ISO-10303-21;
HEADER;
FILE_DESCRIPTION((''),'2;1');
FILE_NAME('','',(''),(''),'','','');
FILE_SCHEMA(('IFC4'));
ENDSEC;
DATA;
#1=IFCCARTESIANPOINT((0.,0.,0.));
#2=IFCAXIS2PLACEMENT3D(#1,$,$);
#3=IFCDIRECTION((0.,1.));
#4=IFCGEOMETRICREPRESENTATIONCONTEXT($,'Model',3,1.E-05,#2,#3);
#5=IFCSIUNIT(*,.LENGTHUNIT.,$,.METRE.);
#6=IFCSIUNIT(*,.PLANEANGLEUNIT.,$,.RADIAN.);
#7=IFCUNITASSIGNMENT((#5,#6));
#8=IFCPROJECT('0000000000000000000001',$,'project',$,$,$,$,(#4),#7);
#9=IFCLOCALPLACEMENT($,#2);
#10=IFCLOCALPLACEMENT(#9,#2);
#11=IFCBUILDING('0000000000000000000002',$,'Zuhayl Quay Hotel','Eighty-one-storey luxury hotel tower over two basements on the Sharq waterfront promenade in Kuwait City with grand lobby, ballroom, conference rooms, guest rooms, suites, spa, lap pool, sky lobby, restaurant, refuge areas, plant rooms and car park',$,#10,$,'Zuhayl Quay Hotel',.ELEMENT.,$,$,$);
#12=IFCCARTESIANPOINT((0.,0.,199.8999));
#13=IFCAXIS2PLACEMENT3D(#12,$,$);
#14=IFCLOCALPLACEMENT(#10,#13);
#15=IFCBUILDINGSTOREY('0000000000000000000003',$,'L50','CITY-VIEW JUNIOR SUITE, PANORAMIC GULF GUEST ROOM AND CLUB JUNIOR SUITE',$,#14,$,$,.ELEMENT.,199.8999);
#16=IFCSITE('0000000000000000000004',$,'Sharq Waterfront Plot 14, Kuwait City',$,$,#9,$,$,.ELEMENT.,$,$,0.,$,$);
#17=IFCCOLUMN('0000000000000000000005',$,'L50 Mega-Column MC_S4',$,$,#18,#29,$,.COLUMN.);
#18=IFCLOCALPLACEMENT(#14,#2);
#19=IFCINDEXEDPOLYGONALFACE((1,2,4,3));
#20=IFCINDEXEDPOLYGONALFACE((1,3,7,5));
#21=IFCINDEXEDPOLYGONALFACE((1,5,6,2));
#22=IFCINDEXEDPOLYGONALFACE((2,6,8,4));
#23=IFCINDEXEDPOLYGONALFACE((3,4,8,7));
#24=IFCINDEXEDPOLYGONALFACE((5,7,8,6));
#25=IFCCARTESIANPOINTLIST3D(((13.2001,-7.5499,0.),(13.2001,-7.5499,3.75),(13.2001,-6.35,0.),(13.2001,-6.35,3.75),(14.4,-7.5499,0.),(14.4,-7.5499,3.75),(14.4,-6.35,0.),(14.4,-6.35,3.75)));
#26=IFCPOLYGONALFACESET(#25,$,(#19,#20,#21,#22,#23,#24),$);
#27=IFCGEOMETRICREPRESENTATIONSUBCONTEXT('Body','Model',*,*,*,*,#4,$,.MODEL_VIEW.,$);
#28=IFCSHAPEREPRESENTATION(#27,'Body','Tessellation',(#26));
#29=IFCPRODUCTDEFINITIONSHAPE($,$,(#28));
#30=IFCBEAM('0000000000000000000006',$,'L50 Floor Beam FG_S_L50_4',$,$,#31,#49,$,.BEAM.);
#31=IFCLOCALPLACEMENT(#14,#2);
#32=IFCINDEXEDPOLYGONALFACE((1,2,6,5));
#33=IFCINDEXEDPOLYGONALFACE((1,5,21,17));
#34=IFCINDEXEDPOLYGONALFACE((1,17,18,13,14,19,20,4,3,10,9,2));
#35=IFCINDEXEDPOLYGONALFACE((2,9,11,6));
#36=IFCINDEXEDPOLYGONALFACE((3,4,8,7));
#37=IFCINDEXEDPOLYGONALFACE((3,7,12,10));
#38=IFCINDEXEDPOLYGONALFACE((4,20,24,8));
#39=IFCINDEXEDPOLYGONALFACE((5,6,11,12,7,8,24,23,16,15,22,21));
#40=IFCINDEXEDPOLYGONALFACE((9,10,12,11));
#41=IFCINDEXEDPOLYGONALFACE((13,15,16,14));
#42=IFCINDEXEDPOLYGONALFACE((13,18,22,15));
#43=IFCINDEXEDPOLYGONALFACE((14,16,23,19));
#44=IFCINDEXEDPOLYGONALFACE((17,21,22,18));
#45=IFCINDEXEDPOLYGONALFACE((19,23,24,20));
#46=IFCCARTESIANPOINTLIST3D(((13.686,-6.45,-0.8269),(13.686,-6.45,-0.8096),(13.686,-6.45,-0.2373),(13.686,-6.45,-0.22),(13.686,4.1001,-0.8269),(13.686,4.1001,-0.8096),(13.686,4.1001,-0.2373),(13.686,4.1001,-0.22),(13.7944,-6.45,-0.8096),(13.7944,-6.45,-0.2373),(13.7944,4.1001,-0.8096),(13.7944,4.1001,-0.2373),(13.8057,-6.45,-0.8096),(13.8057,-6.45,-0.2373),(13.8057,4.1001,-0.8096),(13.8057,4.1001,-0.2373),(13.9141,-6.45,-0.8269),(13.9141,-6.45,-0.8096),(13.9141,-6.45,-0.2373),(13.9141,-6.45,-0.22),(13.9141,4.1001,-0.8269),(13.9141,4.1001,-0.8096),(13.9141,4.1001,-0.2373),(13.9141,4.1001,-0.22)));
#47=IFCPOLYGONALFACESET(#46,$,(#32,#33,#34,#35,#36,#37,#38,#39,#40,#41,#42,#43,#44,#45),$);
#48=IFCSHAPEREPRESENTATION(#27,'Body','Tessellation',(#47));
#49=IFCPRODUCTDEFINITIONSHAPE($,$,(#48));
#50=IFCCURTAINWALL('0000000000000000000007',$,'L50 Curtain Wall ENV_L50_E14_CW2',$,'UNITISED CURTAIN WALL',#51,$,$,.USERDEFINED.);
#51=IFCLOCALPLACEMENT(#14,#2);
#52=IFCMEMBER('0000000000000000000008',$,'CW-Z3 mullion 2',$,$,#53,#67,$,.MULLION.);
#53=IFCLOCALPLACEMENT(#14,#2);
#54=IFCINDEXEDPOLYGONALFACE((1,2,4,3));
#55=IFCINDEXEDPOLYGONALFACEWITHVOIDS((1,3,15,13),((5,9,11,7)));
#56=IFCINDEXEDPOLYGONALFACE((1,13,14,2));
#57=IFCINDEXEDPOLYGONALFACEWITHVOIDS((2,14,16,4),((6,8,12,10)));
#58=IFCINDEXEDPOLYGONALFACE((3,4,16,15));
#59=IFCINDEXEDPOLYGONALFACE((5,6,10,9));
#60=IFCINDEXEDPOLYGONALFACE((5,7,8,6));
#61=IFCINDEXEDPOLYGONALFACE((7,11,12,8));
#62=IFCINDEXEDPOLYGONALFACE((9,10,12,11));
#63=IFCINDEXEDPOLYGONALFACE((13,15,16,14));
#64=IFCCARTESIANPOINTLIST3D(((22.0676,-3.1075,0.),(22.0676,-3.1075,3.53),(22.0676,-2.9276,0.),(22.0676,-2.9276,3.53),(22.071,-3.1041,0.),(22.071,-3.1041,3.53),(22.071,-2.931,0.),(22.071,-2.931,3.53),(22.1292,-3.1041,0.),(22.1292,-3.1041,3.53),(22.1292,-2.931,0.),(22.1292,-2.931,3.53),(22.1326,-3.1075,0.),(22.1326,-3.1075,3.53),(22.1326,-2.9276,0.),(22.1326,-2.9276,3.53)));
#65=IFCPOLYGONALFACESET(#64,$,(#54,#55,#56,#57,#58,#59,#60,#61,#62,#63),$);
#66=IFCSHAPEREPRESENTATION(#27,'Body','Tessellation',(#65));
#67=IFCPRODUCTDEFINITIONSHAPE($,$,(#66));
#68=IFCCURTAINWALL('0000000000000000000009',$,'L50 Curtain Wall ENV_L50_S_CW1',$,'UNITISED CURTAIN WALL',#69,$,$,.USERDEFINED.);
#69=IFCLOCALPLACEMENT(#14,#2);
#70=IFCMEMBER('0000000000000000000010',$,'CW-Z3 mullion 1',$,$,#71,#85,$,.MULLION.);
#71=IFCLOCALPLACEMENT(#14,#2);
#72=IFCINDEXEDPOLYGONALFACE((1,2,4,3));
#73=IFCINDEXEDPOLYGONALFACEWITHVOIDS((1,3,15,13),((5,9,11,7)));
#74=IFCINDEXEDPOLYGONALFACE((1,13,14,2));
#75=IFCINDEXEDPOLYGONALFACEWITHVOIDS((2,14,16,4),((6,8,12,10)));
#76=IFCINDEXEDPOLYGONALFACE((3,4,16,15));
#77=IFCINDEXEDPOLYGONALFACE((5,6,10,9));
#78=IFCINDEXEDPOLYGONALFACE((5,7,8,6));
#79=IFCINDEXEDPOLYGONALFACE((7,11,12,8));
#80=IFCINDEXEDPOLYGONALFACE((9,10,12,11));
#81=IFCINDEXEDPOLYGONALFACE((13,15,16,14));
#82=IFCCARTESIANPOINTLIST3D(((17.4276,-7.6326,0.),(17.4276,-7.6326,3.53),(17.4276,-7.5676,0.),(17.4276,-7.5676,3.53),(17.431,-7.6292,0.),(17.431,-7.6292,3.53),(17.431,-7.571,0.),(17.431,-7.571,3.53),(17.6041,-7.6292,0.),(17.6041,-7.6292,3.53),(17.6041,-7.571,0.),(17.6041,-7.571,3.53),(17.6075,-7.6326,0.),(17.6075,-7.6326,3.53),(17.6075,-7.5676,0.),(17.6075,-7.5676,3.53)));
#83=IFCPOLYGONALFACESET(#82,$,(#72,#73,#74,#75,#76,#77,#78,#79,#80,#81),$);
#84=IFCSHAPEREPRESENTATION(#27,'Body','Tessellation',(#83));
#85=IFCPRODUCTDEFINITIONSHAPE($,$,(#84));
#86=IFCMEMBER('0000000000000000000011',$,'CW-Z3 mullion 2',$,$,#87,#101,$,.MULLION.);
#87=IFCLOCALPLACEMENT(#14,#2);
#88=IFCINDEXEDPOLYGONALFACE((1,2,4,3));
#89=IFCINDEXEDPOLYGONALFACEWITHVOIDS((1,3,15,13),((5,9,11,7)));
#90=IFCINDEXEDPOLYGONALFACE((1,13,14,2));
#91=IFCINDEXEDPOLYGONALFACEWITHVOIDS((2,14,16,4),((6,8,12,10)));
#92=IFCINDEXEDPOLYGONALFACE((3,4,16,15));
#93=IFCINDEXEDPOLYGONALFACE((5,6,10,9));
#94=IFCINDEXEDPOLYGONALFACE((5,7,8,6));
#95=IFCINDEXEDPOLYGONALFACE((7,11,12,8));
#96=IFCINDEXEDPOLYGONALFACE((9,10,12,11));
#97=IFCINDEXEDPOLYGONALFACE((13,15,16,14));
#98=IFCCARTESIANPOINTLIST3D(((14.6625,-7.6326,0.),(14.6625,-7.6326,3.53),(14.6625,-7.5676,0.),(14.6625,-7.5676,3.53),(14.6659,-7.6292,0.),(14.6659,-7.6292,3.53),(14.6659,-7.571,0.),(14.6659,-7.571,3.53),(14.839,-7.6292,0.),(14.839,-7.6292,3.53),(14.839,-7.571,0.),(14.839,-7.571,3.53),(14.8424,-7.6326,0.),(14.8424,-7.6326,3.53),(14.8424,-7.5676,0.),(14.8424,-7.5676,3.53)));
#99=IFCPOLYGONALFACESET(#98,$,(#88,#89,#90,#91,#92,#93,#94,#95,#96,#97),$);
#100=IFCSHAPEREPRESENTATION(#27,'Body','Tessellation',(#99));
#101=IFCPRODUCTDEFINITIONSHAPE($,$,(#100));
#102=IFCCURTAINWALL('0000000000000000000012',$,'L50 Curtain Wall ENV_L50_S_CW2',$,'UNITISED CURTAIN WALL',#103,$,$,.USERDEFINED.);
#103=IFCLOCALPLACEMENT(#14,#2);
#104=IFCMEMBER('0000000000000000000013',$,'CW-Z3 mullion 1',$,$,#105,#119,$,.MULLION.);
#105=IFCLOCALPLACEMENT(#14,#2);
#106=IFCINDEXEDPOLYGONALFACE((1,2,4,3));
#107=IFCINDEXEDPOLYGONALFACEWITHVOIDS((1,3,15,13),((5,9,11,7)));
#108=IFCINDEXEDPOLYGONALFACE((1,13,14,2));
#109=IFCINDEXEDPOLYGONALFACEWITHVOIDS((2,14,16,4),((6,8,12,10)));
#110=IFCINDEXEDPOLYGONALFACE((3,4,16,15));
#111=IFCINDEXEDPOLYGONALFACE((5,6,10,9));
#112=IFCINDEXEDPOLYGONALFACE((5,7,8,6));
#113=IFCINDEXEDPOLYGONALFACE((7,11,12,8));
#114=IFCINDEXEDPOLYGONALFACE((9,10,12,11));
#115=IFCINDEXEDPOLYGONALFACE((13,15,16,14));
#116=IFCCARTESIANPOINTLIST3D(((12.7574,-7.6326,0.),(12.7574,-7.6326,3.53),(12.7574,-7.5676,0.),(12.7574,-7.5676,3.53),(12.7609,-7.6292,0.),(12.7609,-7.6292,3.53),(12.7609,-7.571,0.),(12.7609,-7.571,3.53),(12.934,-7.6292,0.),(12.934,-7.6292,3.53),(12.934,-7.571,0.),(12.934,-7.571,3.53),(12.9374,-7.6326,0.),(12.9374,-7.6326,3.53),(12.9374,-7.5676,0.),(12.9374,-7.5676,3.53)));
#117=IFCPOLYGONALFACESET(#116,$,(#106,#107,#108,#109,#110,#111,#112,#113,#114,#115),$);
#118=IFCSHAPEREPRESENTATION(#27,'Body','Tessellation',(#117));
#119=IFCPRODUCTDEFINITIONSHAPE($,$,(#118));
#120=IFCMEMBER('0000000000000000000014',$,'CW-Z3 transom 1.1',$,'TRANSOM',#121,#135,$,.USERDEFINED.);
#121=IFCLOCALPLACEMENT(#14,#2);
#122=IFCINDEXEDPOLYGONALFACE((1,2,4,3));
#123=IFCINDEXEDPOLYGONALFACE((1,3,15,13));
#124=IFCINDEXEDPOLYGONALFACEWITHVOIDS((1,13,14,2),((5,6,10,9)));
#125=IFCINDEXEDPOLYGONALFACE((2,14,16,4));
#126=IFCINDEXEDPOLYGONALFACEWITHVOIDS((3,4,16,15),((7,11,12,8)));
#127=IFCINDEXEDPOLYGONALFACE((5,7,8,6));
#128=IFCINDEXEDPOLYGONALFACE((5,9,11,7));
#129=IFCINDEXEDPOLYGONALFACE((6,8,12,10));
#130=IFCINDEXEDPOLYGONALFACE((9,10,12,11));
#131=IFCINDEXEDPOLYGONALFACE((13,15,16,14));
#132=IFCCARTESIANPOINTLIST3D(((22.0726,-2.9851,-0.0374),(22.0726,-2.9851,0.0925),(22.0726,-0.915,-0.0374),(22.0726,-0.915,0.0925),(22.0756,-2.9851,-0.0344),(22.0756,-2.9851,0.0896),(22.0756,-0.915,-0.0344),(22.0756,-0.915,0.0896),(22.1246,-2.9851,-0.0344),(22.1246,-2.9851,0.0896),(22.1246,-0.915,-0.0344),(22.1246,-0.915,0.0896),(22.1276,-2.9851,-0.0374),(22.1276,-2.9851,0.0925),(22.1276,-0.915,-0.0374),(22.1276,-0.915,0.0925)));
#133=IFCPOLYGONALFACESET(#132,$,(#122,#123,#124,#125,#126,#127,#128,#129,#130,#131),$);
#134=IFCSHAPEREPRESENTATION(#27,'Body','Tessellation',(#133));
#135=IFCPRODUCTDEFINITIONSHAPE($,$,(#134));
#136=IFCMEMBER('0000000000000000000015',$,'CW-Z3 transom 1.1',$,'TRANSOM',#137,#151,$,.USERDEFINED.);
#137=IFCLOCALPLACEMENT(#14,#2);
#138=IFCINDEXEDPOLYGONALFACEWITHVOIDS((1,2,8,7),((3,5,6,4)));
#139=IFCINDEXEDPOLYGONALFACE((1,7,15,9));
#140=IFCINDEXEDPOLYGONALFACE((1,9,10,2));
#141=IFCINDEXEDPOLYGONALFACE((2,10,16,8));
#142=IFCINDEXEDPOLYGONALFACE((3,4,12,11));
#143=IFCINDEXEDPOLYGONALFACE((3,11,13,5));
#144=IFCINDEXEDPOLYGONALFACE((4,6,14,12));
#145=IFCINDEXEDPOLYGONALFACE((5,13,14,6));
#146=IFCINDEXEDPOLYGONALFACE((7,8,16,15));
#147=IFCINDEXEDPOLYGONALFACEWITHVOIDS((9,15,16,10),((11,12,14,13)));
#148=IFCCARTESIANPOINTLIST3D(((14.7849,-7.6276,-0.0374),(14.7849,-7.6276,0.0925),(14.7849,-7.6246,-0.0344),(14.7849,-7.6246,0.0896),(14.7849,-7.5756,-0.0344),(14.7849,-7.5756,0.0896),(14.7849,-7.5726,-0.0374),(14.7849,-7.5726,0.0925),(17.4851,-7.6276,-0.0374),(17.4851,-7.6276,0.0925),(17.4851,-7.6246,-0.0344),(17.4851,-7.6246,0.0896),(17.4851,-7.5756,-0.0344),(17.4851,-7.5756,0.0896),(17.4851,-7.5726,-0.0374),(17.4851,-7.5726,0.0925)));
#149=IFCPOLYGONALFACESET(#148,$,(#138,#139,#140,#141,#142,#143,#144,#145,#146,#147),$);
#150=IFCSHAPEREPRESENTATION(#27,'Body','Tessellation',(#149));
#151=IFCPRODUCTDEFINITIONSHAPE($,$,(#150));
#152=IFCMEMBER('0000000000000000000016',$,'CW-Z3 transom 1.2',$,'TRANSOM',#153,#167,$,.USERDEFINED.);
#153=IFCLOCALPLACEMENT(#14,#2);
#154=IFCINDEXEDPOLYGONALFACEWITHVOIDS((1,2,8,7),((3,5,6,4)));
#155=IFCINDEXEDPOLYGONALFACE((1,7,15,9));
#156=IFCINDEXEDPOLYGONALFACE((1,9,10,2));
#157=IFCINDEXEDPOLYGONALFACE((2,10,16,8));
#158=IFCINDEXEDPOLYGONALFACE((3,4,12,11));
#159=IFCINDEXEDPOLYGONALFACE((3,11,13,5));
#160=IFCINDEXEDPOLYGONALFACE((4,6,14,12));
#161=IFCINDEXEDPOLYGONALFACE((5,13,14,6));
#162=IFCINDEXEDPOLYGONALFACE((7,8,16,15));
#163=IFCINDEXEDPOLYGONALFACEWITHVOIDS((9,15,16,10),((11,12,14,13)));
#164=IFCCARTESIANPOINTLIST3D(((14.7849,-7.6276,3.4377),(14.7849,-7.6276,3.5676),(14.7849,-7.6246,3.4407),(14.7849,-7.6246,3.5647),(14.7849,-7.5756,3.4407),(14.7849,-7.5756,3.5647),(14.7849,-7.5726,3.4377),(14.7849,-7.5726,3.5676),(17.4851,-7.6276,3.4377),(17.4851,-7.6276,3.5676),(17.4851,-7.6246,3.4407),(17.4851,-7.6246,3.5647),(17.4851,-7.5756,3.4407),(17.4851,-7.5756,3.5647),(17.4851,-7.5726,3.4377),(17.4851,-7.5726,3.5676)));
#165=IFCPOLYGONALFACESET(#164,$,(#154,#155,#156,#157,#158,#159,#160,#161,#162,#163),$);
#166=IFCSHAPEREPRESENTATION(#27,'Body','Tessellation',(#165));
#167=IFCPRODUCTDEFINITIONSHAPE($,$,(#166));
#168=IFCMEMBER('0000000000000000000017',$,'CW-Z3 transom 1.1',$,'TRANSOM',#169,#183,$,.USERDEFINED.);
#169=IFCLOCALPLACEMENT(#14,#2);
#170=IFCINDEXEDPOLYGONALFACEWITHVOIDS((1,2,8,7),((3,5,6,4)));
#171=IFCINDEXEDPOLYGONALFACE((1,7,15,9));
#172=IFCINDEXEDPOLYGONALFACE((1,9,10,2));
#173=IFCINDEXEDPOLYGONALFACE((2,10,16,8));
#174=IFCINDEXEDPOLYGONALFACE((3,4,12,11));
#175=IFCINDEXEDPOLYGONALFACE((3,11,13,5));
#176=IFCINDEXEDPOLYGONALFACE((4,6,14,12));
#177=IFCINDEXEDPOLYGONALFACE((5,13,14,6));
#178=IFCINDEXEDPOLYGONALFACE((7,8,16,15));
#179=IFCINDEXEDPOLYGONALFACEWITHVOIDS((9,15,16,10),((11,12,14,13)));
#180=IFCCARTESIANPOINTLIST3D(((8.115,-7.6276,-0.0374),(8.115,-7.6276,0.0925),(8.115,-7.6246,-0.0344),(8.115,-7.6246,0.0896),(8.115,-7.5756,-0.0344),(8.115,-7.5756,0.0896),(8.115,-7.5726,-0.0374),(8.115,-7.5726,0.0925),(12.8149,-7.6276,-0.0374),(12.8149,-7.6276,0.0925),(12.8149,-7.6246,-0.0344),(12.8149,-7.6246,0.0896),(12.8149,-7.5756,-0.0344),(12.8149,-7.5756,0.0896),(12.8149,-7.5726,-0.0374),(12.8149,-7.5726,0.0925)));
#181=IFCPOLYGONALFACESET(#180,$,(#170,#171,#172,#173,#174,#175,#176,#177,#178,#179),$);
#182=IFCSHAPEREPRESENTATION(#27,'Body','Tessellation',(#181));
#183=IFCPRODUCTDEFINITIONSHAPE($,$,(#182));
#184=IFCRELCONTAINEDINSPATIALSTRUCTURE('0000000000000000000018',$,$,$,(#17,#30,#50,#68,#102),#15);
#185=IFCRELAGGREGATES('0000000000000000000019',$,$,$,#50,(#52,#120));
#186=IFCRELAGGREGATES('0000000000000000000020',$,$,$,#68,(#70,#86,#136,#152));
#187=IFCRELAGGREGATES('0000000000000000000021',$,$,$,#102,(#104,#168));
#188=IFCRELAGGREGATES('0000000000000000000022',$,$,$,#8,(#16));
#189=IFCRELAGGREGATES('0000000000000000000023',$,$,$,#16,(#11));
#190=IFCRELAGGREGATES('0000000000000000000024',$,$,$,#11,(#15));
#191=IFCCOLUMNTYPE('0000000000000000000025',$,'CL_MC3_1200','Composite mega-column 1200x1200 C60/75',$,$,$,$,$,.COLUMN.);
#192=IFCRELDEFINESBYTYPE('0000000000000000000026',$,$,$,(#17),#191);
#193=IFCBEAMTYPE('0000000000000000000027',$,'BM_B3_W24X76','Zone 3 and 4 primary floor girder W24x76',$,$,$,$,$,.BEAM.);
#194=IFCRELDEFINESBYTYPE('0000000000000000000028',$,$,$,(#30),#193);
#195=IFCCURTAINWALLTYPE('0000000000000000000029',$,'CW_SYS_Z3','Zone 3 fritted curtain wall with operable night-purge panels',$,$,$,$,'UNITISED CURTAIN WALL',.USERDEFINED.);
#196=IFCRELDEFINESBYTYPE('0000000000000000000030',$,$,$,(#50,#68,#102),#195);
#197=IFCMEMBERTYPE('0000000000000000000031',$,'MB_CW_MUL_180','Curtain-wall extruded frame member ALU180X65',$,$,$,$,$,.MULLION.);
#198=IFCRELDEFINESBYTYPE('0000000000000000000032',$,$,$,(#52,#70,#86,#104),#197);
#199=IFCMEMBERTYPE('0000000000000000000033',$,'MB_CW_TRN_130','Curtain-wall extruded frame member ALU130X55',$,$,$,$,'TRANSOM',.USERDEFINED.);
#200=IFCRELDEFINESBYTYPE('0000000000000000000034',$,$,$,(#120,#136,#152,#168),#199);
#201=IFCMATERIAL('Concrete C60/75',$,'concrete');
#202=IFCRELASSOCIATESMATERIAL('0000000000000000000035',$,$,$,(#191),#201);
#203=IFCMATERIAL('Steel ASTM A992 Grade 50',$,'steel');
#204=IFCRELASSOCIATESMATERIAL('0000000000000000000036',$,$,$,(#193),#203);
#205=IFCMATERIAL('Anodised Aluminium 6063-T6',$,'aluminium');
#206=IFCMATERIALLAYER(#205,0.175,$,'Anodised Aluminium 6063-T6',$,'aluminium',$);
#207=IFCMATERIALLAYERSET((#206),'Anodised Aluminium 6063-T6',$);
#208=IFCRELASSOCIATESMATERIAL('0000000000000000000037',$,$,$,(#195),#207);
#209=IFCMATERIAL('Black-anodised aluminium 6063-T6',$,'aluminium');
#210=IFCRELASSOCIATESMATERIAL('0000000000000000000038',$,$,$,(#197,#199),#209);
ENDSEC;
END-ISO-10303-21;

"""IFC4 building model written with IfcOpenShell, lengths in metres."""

from ifc_helpers import new_model, si_unit, direction, frame, origin, origin_2d, place, context, subcontext, project, spatial, rectangle, hollow_rectangle, i_section, extrude, material, layer, layer_set, material_profile, profile_set, type_object, element, aggregate, save


model = new_model("IFC4")

# Units and contexts
model_context = context("Model", 3, precision=1e-05, world=origin(), true_north=direction((0.0, 1.0)))
body_context = subcontext(model_context, "Body", "Model", "MODEL_VIEW")
ifc_project = project(units=[si_unit("LENGTHUNIT", "METRE"), si_unit("PLANEANGLEUNIT", "RADIAN")], contexts=[model_context])

# Site, building, storey
site_placement = place(None, origin())
site = spatial("IfcSite", under=ifc_project, at=site_placement, Name="Sharq Waterfront Plot 14, Kuwait City", CompositionType="ELEMENT", RefElevation=0.0)
building_placement = place(site_placement, origin())
building = spatial("IfcBuilding", under=site, at=building_placement, Name="Zuhayl Quay Hotel", Description="Eighty-one-storey luxury hotel tower over two basements on the Sharq waterfront promenade in Kuwait City with grand lobby, ballroom, conference rooms, guest rooms, suites, spa, lap pool, sky lobby, restaurant, refuge areas, plant rooms and car park", LongName="Zuhayl Quay Hotel", CompositionType="ELEMENT")
storey_placement = place(building_placement, frame((0.0, 0.0, 199.8999)))
storey = spatial("IfcBuildingStorey", under=building, at=storey_placement, Name="L50", Description="CITY-VIEW JUNIOR SUITE, PANORAMIC GULF GUEST ROOM AND CLUB JUNIOR SUITE", CompositionType="ELEMENT", Elevation=199.8999)

# Column
ifc_material_1 = material(Name="Concrete C60/75", Category="concrete")
ifc_material_profile_1 = material_profile(ifc_material_1, rectangle(XDim=1.2, YDim=1.2, at=origin_2d()), Name="RC1200X1200")
ifc_profile_set_1 = profile_set([ifc_material_profile_1], Name="Concrete C60/75")
column_type = type_object("IfcColumnType", Name="CL_MC3_1200", Description="Composite mega-column 1200x1200 C60/75", PredefinedType="COLUMN", material=ifc_profile_set_1)
column_placement = place(storey_placement, frame((13.8, -6.95, 0.0), z_axis=(0.0, 0.0, 1.0), x_axis=(1.0, 0.0, 0.0)))
element("IfcColumn", 1, at=column_placement, inside=storey, type_object=column_type, Name="L50 Mega-Column MC_S4", PredefinedType="COLUMN", context=body_context, shape_type="SweptSolid", body=[
    extrude(rectangle(XDim=1.2, YDim=1.2, at=origin_2d()), origin(), (0.0, 0.0, 1.0), 3.75),
])

# Beam
ifc_material_2 = material(Name="Steel ASTM A992 Grade 50", Category="steel")
ifc_material_profile_2 = material_profile(ifc_material_2, i_section(OverallWidth=0.228, OverallDepth=0.6069, WebThickness=0.0112, FlangeThickness=0.0173, at=origin_2d()), Name="W24X76")
ifc_profile_set_2 = profile_set([ifc_material_profile_2], Name="Steel ASTM A992 Grade 50")
beam_type = type_object("IfcBeamType", Name="BM_B3_W24X76", Description="Zone 3 and 4 primary floor girder W24x76", PredefinedType="BEAM", material=ifc_profile_set_2)
beam_placement = place(storey_placement, frame((13.8, -6.45, -0.5234), z_axis=(0.0, 1.0, 0.0), x_axis=(-1.0, 0.0, 0.0)))
element("IfcBeam", 2, at=beam_placement, inside=storey, type_object=beam_type, Name="L50 Floor Beam FG_S_L50_4", PredefinedType="BEAM", context=body_context, shape_type="SweptSolid", body=[
    extrude(i_section(OverallWidth=0.228, OverallDepth=0.6069, WebThickness=0.0112, FlangeThickness=0.0173, at=origin_2d()), origin(), (0.0, 0.0, 1.0), 10.55),
])

# Curtain wall, member
ifc_material_3 = material(Name="Anodised Aluminium 6063-T6", Category="aluminium")
ifc_layer_1 = layer(ifc_material_3, 0.175, Name="Anodised Aluminium 6063-T6", Category="aluminium")
ifc_layer_set_1 = layer_set([ifc_layer_1], Name="Anodised Aluminium 6063-T6")
curtain_wall_type = type_object("IfcCurtainWallType", Name="CW_SYS_Z3", Description="Zone 3 fritted curtain wall with operable night-purge panels", ElementType="UNITISED CURTAIN WALL", PredefinedType="USERDEFINED", material=ifc_layer_set_1)
curtain_wall_1_placement = place(storey_placement, origin())
curtain_wall_1 = element("IfcCurtainWall", 3, at=curtain_wall_1_placement, inside=storey, type_object=curtain_wall_type, Name="L50 Curtain Wall ENV_L50_E14_CW2", ObjectType="UNITISED CURTAIN WALL", PredefinedType="USERDEFINED")
ifc_material_4 = material(Name="Black-anodised aluminium 6063-T6", Category="aluminium")
ifc_material_profile_3 = material_profile(ifc_material_4, hollow_rectangle(XDim=0.0649, YDim=0.1799, WallThickness=0.0034, at=origin_2d()), Name="ALU180X65")
ifc_profile_set_3 = profile_set([ifc_material_profile_3], Name="Black-anodised aluminium 6063-T6")
member_type_1 = type_object("IfcMemberType", Name="MB_CW_MUL_180", Description="Curtain-wall extruded frame member ALU180X65", PredefinedType="MULLION", material=ifc_profile_set_3)
member_1_placement = place(storey_placement, frame((22.1001, -3.0176, 0.0), z_axis=(0.0, 0.0, 1.0), x_axis=(1.0, 0.0, 0.0)))
member_1 = element("IfcMember", 4, at=member_1_placement, type_object=member_type_1, Name="CW-Z3 mullion 2", PredefinedType="MULLION", context=body_context, shape_type="SweptSolid", body=[
    extrude(hollow_rectangle(XDim=0.0649, YDim=0.1799, WallThickness=0.0034, at=origin_2d()), origin(), (0.0, 0.0, 1.0), 3.53),
])

# Curtain wall, members
curtain_wall_2_placement = place(storey_placement, origin())
curtain_wall_2 = element("IfcCurtainWall", 5, at=curtain_wall_2_placement, inside=storey, type_object=curtain_wall_type, Name="L50 Curtain Wall ENV_L50_S_CW1", ObjectType="UNITISED CURTAIN WALL", PredefinedType="USERDEFINED")
member_2_placement = place(storey_placement, frame((17.5176, -7.6001, 0.0), z_axis=(0.0, 0.0, 1.0), x_axis=(0.0, -1.0, 0.0)))
member_2 = element("IfcMember", 6, at=member_2_placement, type_object=member_type_1, Name="CW-Z3 mullion 1", PredefinedType="MULLION", context=body_context, shape_type="SweptSolid", body=[
    extrude(hollow_rectangle(XDim=0.0649, YDim=0.1799, WallThickness=0.0034, at=origin_2d()), origin(), (0.0, 0.0, 1.0), 3.53),
])
member_3_placement = place(storey_placement, frame((14.7524, -7.6001, 0.0), z_axis=(0.0, 0.0, 1.0), x_axis=(0.0, -1.0, 0.0)))
member_3 = element("IfcMember", 7, at=member_3_placement, type_object=member_type_1, Name="CW-Z3 mullion 2", PredefinedType="MULLION", context=body_context, shape_type="SweptSolid", body=[
    extrude(hollow_rectangle(XDim=0.0649, YDim=0.1799, WallThickness=0.0034, at=origin_2d()), origin(), (0.0, 0.0, 1.0), 3.53),
])

# Curtain wall, member
curtain_wall_3_placement = place(storey_placement, origin())
curtain_wall_3 = element("IfcCurtainWall", 8, at=curtain_wall_3_placement, inside=storey, type_object=curtain_wall_type, Name="L50 Curtain Wall ENV_L50_S_CW2", ObjectType="UNITISED CURTAIN WALL", PredefinedType="USERDEFINED")
member_4_placement = place(storey_placement, frame((12.8474, -7.6001, 0.0), z_axis=(0.0, 0.0, 1.0), x_axis=(0.0, -1.0, 0.0)))
member_4 = element("IfcMember", 9, at=member_4_placement, type_object=member_type_1, Name="CW-Z3 mullion 1", PredefinedType="MULLION", context=body_context, shape_type="SweptSolid", body=[
    extrude(hollow_rectangle(XDim=0.0649, YDim=0.1799, WallThickness=0.0034, at=origin_2d()), origin(), (0.0, 0.0, 1.0), 3.53),
])

# Members
ifc_material_profile_4 = material_profile(ifc_material_4, hollow_rectangle(XDim=0.0549, YDim=0.1299, WallThickness=0.0029, at=origin_2d()), Name="ALU130X55")
ifc_profile_set_4 = profile_set([ifc_material_profile_4], Name="Black-anodised aluminium 6063-T6")
member_type_2 = type_object("IfcMemberType", Name="MB_CW_TRN_130", Description="Curtain-wall extruded frame member ALU130X55", ElementType="TRANSOM", PredefinedType="USERDEFINED", material=ifc_profile_set_4)
member_5_placement = place(storey_placement, frame((22.1001, -0.915, 0.0276), z_axis=(0.0, -1.0, 0.0), x_axis=(1.0, 0.0, 0.0)))
member_5 = element("IfcMember", 10, at=member_5_placement, type_object=member_type_2, Name="CW-Z3 transom 1.1", ObjectType="TRANSOM", PredefinedType="USERDEFINED", context=body_context, shape_type="SweptSolid", body=[
    extrude(hollow_rectangle(XDim=0.0549, YDim=0.1299, WallThickness=0.0029, at=origin_2d()), origin(), (0.0, 0.0, 1.0), 2.0701),
])
member_6_placement = place(storey_placement, frame((17.4851, -7.6001, 0.0276), z_axis=(-1.0, 0.0, 0.0), x_axis=(0.0, -1.0, 0.0)))
member_6 = element("IfcMember", 11, at=member_6_placement, type_object=member_type_2, Name="CW-Z3 transom 1.1", ObjectType="TRANSOM", PredefinedType="USERDEFINED", context=body_context, shape_type="SweptSolid", body=[
    extrude(hollow_rectangle(XDim=0.0549, YDim=0.1299, WallThickness=0.0029, at=origin_2d()), origin(), (0.0, 0.0, 1.0), 2.7002),
])
member_7_placement = place(storey_placement, frame((17.4851, -7.6001, 3.5027), z_axis=(-1.0, 0.0, 0.0), x_axis=(0.0, -1.0, 0.0)))
member_7 = element("IfcMember", 12, at=member_7_placement, type_object=member_type_2, Name="CW-Z3 transom 1.2", ObjectType="TRANSOM", PredefinedType="USERDEFINED", context=body_context, shape_type="SweptSolid", body=[
    extrude(hollow_rectangle(XDim=0.0549, YDim=0.1299, WallThickness=0.0029, at=origin_2d()), origin(), (0.0, 0.0, 1.0), 2.7002),
])
member_8_placement = place(storey_placement, frame((12.8149, -7.6001, 0.0276), z_axis=(-1.0, 0.0, 0.0), x_axis=(0.0, -1.0, 0.0)))
member_8 = element("IfcMember", 13, at=member_8_placement, type_object=member_type_2, Name="CW-Z3 transom 1.1", ObjectType="TRANSOM", PredefinedType="USERDEFINED", context=body_context, shape_type="SweptSolid", body=[
    extrude(hollow_rectangle(XDim=0.0549, YDim=0.1299, WallThickness=0.0029, at=origin_2d()), origin(), (0.0, 0.0, 1.0), 4.7),
])

aggregate(curtain_wall_1, [member_1, member_5])
aggregate(curtain_wall_2, [member_2, member_3, member_6, member_7])
aggregate(curtain_wall_3, [member_4, member_8])

save(model, "model.ifc")
